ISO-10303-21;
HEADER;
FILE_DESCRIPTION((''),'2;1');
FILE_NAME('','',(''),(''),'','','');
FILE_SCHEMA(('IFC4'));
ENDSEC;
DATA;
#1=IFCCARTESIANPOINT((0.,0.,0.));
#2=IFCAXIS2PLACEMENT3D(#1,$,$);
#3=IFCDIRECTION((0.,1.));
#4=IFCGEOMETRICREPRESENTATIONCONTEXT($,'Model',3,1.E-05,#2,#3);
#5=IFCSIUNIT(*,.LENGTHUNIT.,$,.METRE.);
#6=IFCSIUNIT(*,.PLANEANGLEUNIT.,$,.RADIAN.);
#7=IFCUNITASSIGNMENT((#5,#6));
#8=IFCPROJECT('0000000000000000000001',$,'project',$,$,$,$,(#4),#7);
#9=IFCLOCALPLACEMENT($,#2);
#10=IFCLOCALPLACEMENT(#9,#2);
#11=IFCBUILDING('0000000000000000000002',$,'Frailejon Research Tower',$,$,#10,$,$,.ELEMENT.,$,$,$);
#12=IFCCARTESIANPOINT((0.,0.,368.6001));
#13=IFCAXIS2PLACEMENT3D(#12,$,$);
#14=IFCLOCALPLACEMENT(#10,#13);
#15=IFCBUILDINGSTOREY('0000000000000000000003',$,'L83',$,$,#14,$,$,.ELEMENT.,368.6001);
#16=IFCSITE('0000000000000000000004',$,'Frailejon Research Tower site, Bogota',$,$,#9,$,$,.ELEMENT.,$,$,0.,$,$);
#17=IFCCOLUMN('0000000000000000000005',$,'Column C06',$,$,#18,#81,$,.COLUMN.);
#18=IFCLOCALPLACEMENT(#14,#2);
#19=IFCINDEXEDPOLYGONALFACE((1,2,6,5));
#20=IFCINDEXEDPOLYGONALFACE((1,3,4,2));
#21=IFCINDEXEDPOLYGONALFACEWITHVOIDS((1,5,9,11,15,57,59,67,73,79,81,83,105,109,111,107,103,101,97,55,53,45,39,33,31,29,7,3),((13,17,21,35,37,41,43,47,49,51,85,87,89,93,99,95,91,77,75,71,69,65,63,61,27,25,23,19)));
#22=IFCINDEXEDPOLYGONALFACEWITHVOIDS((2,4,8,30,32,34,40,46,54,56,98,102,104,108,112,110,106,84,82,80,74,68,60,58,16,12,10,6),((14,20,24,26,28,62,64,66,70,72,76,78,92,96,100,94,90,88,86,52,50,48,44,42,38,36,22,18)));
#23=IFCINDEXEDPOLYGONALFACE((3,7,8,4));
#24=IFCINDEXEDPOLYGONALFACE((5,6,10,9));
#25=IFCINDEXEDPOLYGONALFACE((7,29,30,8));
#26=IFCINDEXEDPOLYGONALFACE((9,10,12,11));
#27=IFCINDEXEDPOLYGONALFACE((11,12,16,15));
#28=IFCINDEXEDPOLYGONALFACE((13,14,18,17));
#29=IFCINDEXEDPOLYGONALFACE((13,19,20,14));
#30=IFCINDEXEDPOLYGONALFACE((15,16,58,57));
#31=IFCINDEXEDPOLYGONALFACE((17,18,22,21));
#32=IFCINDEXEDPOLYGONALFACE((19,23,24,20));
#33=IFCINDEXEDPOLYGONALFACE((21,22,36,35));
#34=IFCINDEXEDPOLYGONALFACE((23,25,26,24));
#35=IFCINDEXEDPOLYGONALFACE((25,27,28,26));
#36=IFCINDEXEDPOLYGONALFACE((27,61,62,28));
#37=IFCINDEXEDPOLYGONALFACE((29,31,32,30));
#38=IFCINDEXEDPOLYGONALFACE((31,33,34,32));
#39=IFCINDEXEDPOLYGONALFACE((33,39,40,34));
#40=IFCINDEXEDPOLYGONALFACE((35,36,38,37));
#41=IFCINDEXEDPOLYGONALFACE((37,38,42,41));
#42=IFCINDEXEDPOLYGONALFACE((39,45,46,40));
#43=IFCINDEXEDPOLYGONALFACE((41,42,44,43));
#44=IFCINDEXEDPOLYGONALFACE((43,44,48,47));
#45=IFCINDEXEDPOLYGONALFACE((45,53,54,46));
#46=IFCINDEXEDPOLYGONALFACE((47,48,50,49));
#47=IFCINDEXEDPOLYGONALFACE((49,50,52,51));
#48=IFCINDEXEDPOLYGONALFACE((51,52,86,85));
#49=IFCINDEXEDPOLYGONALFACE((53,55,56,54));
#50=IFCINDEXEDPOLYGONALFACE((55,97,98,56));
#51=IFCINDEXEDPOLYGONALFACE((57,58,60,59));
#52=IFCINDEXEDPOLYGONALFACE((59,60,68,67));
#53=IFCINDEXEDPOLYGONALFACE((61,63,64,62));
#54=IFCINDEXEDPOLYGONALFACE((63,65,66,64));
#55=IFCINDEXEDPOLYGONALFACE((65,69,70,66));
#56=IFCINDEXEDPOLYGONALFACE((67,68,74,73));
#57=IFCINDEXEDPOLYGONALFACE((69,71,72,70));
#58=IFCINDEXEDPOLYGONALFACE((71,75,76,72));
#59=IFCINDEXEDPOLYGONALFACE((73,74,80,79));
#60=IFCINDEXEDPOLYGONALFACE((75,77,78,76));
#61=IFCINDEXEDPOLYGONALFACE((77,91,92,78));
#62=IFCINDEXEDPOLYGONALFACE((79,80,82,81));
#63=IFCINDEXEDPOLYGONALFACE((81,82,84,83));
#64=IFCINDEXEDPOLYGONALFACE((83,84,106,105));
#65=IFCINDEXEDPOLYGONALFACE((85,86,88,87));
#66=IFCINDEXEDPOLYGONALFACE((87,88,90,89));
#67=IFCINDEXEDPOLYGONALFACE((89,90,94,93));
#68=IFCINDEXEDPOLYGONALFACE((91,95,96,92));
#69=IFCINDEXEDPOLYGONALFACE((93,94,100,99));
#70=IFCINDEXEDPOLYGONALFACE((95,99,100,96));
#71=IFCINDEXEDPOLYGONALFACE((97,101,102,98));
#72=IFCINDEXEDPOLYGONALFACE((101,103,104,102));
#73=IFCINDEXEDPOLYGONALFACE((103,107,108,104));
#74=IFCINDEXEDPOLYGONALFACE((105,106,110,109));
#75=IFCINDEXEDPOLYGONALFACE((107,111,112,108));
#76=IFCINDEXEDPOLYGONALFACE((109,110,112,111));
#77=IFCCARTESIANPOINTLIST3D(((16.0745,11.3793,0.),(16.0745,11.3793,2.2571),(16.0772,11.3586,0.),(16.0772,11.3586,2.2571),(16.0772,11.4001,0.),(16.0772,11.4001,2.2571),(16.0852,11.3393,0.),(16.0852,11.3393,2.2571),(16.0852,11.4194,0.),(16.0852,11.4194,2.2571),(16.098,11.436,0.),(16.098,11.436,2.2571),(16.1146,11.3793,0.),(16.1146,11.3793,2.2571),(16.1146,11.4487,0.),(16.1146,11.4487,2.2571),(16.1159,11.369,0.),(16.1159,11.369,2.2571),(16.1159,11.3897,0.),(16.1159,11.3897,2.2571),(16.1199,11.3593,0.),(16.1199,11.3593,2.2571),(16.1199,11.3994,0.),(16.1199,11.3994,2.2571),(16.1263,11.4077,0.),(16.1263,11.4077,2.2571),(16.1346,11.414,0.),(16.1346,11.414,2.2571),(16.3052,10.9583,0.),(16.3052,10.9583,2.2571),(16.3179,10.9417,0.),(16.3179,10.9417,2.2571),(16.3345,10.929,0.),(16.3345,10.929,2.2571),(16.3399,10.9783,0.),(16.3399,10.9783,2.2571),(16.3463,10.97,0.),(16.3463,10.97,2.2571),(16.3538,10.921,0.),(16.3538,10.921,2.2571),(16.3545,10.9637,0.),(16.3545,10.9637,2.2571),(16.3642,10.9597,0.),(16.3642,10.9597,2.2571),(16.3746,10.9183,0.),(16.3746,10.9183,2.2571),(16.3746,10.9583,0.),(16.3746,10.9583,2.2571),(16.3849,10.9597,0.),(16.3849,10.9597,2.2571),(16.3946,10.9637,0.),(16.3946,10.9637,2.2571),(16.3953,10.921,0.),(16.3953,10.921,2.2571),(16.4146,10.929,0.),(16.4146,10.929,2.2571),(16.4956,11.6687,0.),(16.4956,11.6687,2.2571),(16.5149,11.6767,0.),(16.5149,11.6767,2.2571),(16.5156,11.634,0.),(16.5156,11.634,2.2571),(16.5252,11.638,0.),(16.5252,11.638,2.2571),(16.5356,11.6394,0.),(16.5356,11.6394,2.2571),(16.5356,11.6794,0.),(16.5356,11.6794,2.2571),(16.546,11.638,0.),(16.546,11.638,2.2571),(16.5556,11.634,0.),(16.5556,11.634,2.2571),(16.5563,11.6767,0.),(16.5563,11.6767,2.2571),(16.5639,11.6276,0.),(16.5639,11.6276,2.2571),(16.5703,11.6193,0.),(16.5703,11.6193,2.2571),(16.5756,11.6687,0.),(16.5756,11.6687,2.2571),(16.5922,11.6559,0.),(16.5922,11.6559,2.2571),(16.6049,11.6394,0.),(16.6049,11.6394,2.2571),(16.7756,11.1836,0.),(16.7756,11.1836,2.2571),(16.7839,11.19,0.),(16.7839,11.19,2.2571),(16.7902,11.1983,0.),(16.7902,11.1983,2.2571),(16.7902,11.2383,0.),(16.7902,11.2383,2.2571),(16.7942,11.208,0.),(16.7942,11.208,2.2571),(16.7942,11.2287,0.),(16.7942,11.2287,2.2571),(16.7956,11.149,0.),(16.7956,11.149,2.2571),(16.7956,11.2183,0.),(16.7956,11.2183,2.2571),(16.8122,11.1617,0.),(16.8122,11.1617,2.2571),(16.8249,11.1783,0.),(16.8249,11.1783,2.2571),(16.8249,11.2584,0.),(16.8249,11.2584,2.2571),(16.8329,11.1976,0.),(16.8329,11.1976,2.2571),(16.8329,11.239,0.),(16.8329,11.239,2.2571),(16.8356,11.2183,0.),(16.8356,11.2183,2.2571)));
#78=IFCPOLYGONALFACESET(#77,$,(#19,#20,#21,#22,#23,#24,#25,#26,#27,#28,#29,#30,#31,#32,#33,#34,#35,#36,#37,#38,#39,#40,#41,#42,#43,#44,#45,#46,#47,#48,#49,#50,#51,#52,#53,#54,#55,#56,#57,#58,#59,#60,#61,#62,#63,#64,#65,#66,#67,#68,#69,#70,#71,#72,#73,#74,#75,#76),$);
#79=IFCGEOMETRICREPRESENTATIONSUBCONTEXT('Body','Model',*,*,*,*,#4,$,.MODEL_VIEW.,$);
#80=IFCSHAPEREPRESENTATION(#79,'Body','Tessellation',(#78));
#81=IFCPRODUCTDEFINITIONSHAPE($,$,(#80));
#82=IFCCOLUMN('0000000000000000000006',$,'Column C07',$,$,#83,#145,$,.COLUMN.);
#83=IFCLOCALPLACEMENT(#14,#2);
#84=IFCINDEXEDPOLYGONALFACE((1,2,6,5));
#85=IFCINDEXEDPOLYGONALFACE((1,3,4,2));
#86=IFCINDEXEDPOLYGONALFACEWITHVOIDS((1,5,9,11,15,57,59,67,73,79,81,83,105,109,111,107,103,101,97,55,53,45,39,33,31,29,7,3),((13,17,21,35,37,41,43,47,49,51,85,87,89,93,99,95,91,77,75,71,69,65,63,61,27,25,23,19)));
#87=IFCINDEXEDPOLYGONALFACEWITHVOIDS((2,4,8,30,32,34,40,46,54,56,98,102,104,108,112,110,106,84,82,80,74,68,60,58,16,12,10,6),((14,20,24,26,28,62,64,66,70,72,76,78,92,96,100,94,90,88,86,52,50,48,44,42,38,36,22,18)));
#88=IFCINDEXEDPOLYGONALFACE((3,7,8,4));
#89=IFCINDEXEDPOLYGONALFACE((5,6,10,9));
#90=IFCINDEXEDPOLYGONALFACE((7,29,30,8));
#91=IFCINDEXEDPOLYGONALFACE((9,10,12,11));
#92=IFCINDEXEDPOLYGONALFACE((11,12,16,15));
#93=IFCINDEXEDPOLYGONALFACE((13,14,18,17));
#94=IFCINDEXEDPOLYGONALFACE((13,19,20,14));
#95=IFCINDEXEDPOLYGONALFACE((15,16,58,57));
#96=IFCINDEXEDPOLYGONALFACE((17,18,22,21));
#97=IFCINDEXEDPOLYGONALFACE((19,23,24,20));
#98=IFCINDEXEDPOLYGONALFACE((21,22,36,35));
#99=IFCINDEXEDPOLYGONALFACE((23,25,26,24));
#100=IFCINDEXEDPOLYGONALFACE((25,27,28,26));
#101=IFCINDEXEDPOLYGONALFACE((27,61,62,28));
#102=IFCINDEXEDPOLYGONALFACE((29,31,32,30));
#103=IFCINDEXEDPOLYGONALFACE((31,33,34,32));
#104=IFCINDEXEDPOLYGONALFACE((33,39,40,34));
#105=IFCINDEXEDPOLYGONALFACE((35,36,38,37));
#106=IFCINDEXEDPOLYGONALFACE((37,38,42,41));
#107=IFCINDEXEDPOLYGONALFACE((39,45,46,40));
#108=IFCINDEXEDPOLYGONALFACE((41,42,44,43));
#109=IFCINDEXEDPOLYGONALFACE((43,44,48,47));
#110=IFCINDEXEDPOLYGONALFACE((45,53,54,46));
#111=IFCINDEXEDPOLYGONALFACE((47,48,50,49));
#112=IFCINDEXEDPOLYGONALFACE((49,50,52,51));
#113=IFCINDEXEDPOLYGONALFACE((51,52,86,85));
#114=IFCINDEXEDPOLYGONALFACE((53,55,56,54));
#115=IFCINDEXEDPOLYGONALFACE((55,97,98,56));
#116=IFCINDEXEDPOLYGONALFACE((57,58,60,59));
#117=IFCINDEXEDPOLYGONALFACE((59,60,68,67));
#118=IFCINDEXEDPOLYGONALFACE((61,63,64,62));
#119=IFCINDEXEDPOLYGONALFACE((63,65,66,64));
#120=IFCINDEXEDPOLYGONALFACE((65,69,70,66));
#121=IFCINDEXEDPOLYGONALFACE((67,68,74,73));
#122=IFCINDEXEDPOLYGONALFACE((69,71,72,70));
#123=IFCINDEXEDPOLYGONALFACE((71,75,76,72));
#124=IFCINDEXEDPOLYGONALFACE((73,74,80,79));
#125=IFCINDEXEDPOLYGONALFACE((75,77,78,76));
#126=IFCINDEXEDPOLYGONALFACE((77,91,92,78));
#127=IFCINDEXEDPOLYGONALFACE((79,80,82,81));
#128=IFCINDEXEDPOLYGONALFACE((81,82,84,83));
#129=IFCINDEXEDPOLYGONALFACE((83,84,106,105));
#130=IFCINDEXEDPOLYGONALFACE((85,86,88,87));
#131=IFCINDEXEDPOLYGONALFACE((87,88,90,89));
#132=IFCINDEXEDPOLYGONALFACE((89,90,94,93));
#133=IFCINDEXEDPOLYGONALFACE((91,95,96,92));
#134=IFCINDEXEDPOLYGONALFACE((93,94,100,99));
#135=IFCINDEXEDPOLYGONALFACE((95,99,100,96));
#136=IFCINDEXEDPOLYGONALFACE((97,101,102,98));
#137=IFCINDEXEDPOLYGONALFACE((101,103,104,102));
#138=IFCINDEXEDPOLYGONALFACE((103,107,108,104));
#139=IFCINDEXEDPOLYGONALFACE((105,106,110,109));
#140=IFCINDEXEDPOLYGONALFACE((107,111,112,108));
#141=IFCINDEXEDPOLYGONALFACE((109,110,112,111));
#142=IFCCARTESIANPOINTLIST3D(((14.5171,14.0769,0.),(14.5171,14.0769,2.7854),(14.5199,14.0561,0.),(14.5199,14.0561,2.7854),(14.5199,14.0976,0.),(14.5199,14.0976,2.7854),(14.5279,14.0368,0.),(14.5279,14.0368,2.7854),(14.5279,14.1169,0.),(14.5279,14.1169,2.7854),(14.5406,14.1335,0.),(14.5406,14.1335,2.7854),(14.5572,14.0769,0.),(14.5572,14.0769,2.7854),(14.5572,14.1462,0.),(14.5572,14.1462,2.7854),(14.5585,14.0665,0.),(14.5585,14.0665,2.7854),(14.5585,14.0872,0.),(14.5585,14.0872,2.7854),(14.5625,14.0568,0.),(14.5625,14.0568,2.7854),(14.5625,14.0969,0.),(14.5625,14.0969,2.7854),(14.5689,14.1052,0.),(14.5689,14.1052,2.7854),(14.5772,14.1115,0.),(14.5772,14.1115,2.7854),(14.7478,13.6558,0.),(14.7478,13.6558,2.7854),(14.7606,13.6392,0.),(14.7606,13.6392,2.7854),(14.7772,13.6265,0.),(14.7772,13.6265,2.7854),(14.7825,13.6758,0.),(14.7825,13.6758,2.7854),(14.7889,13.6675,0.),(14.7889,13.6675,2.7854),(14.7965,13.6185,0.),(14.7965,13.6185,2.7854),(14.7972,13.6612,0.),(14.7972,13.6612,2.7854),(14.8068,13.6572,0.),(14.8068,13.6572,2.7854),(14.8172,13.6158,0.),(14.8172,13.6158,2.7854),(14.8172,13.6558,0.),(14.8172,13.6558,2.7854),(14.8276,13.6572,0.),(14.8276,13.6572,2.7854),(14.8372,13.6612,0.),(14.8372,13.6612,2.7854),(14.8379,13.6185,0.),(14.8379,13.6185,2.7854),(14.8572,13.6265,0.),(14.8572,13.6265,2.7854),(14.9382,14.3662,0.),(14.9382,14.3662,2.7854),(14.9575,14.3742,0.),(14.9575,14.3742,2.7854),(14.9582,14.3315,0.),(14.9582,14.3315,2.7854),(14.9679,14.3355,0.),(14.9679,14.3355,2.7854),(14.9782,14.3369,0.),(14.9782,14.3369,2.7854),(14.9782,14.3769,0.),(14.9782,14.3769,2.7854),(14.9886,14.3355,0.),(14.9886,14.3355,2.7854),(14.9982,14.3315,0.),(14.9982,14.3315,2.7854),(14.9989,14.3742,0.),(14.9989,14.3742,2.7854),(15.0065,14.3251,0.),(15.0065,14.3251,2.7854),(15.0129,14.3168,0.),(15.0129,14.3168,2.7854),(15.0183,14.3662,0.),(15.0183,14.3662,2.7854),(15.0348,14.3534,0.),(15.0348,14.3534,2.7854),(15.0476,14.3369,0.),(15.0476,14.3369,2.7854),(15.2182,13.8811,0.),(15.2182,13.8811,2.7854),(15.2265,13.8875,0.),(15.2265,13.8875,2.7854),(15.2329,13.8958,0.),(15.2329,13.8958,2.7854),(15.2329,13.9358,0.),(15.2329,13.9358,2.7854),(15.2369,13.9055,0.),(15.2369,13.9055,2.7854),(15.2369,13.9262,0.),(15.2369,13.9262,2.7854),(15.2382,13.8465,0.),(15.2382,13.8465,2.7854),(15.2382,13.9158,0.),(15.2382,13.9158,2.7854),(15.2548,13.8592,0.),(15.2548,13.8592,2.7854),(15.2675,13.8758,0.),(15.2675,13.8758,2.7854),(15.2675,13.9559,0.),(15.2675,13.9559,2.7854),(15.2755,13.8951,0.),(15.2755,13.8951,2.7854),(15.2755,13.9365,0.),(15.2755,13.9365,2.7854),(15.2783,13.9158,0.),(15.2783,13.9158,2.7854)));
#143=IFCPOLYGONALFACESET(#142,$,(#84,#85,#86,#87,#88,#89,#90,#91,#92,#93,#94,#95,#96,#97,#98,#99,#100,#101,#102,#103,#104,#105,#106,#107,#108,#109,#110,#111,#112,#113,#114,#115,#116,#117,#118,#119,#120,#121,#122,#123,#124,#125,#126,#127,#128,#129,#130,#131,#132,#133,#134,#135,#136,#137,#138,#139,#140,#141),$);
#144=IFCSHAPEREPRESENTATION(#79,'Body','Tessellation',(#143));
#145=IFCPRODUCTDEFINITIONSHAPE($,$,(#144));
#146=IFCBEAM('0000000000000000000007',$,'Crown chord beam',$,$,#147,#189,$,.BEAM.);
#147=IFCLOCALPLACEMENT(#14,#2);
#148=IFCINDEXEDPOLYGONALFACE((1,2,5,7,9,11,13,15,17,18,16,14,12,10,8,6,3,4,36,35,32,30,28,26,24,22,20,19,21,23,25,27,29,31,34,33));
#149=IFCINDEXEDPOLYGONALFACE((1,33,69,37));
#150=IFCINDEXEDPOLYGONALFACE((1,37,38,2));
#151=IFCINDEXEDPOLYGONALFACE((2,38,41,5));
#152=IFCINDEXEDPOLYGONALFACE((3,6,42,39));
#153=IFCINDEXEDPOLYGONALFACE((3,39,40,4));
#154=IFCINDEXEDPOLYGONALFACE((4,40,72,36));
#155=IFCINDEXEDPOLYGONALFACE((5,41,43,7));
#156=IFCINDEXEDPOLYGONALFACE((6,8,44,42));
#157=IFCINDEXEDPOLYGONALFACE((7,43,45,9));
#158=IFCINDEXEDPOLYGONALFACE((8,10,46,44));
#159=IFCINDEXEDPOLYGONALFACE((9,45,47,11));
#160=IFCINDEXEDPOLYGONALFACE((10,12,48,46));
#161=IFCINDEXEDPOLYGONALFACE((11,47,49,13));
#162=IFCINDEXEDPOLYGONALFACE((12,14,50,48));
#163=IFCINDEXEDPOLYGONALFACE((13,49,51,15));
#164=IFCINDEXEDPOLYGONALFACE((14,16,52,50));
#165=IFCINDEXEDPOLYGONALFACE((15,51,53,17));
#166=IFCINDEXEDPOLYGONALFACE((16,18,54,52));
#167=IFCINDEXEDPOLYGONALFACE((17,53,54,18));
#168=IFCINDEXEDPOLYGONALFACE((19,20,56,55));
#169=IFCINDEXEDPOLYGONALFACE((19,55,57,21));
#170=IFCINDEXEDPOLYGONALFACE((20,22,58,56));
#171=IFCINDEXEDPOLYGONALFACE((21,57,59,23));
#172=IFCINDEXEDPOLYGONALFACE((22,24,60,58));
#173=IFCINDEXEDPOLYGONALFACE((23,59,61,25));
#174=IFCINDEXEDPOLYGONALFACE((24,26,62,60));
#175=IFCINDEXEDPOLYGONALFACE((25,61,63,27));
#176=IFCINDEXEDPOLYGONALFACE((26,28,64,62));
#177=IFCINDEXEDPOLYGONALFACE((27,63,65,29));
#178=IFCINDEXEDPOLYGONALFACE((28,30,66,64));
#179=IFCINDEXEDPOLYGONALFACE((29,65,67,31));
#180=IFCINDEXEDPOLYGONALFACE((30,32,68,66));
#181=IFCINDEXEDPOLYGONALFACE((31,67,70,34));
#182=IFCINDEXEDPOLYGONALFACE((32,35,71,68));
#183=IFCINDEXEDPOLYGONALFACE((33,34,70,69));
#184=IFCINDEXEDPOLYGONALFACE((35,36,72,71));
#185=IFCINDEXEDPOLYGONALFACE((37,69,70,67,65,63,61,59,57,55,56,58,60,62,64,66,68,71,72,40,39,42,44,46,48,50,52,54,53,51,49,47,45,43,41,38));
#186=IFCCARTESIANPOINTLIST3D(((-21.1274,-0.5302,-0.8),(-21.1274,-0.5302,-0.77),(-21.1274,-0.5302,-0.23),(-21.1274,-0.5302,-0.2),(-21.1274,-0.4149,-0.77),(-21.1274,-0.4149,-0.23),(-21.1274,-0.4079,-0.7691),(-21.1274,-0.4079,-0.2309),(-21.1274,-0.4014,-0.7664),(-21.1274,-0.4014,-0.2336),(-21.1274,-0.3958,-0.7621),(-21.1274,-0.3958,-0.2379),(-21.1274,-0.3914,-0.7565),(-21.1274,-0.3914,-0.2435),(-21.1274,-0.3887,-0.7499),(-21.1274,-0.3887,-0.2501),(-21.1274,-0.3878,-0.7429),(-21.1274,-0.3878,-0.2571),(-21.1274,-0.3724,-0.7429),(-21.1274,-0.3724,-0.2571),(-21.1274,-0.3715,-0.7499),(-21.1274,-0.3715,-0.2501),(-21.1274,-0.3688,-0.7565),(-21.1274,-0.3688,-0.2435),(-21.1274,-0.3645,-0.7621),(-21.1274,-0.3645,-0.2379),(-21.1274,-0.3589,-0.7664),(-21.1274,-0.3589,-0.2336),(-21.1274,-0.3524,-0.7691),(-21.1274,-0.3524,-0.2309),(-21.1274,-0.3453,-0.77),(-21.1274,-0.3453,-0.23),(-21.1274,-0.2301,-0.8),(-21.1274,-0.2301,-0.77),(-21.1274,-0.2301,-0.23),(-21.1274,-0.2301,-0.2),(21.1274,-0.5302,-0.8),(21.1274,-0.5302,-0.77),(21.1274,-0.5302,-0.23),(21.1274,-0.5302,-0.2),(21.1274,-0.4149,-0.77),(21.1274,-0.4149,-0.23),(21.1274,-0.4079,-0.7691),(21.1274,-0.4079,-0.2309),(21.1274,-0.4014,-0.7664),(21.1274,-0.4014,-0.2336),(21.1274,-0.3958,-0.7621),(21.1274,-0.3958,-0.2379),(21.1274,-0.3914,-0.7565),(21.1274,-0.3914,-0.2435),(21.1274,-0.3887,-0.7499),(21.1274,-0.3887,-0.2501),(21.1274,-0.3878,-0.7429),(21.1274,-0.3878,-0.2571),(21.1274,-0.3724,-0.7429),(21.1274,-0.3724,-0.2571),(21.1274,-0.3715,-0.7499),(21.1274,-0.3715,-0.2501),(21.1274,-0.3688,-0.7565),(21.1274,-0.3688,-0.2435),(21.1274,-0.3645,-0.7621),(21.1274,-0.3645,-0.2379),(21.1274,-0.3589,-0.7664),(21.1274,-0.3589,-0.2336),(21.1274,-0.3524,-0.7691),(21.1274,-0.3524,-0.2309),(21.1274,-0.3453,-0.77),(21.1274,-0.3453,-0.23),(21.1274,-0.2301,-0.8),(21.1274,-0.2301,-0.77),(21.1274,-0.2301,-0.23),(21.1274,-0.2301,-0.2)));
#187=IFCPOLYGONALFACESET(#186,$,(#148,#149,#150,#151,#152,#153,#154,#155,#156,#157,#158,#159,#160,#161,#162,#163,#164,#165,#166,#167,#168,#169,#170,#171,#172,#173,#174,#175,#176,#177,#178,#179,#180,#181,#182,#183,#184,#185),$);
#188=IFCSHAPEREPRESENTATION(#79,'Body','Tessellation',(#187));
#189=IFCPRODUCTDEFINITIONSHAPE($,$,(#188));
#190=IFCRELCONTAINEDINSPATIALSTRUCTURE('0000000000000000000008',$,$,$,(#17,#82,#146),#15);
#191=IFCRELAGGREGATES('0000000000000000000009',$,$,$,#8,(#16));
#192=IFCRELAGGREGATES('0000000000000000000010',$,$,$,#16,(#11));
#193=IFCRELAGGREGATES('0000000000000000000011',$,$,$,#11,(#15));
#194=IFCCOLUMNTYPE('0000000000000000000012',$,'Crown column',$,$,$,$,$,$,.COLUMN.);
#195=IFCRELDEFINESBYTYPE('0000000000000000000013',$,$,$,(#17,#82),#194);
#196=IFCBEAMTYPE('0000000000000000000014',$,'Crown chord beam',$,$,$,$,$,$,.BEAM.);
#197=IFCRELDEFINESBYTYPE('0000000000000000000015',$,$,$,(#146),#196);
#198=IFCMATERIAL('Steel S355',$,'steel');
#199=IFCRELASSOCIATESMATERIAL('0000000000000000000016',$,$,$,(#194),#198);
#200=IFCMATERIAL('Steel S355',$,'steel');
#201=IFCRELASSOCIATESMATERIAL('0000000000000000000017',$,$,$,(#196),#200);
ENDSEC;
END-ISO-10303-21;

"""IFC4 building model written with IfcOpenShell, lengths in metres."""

from ifc_helpers import new_model, si_unit, direction, frame, origin, origin_2d, place, context, subcontext, project, spatial, hollow_rectangle, i_section, extrude, material, material_profile, profile_set, type_object, element, save


model = new_model("IFC4")

# Units and contexts
model_context = context("Model", 3, precision=1e-05, world=origin(), true_north=direction((0.0, 1.0)))
body_context = subcontext(model_context, "Body", "Model", "MODEL_VIEW")
ifc_project = project(units=[si_unit("LENGTHUNIT", "METRE"), si_unit("PLANEANGLEUNIT", "RADIAN")], contexts=[model_context])

# Site, building, storey
site_placement = place(None, origin())
site = spatial("IfcSite", under=ifc_project, at=site_placement, Name="Frailejon Research Tower site, Bogota", CompositionType="ELEMENT", RefElevation=0.0)
building_placement = place(site_placement, origin())
building = spatial("IfcBuilding", under=site, at=building_placement, Name="Frailejon Research Tower", CompositionType="ELEMENT")
storey_placement = place(building_placement, frame((0.0, 0.0, 368.6001)))
storey = spatial("IfcBuildingStorey", under=building, at=storey_placement, Name="L83", CompositionType="ELEMENT", Elevation=368.6001)

# Columns
ifc_material_1 = material(Name="Steel S355", Category="steel")
ifc_material_profile_1 = material_profile(ifc_material_1, hollow_rectangle(XDim=0.6001, YDim=0.6001, WallThickness=0.04, InnerFilletRadius=0.04, OuterFilletRadius=0.0801, at=origin_2d()), Name="Crown column")
ifc_profile_set_1 = profile_set([ifc_material_profile_1], Name="Steel S355")
column_type = type_object("IfcColumnType", Name="Crown column", PredefinedType="COLUMN", material=ifc_profile_set_1)
column_1_placement = place(storey_placement, frame((16.4551, 11.2988, 0.0), z_axis=(0.0, 0.0, 1.0), x_axis=(-0.5, 0.866025, 0.0)))
element("IfcColumn", 1, at=column_1_placement, inside=storey, type_object=column_type, Name="Column C06", PredefinedType="COLUMN", context=body_context, shape_type="SweptSolid", body=[
    extrude(hollow_rectangle(XDim=0.6001, YDim=0.6001, WallThickness=0.04, InnerFilletRadius=0.04, OuterFilletRadius=0.0801, at=origin_2d()), origin(), (0.0, 0.0, 1.0), 2.2571),
])
column_2_placement = place(storey_placement, frame((14.8977, 13.9963, 0.0), z_axis=(0.0, 0.0, 1.0), x_axis=(-0.5, 0.866025, 0.0)))
element("IfcColumn", 2, at=column_2_placement, inside=storey, type_object=column_type, Name="Column C07", PredefinedType="COLUMN", context=body_context, shape_type="SweptSolid", body=[
    extrude(hollow_rectangle(XDim=0.6001, YDim=0.6001, WallThickness=0.04, InnerFilletRadius=0.04, OuterFilletRadius=0.0801, at=origin_2d()), origin(), (0.0, 0.0, 1.0), 2.7854),
])

# Beam
ifc_material_2 = material(Name="Steel S355", Category="steel")
ifc_material_profile_2 = material_profile(ifc_material_2, i_section(OverallWidth=0.3, OverallDepth=0.6001, WebThickness=0.0154, FlangeThickness=0.03, FilletRadius=0.0271, at=origin_2d()), Name="HE 600 B")
ifc_profile_set_2 = profile_set([ifc_material_profile_2], Name="Steel S355")
beam_type_1 = type_object("IfcBeamType", Name="Crown chord beam", PredefinedType="BEAM", material=ifc_profile_set_2)
beam_1_placement = place(storey_placement, frame((21.1274, -0.3801, -0.5), z_axis=(-1.0, 0.0, 0.0), x_axis=(0.0, -1.0, 0.0)))
element("IfcBeam", 3, at=beam_1_placement, inside=storey, type_object=beam_type_1, Name="Crown chord beam", PredefinedType="BEAM", context=body_context, shape_type="SweptSolid", body=[
    extrude(i_section(OverallWidth=0.3, OverallDepth=0.6001, WebThickness=0.0154, FlangeThickness=0.03, FilletRadius=0.0271, at=origin_2d()), origin(), (0.0, 0.0, 1.0), 42.2549),
])

save(model, "model.ifc")
